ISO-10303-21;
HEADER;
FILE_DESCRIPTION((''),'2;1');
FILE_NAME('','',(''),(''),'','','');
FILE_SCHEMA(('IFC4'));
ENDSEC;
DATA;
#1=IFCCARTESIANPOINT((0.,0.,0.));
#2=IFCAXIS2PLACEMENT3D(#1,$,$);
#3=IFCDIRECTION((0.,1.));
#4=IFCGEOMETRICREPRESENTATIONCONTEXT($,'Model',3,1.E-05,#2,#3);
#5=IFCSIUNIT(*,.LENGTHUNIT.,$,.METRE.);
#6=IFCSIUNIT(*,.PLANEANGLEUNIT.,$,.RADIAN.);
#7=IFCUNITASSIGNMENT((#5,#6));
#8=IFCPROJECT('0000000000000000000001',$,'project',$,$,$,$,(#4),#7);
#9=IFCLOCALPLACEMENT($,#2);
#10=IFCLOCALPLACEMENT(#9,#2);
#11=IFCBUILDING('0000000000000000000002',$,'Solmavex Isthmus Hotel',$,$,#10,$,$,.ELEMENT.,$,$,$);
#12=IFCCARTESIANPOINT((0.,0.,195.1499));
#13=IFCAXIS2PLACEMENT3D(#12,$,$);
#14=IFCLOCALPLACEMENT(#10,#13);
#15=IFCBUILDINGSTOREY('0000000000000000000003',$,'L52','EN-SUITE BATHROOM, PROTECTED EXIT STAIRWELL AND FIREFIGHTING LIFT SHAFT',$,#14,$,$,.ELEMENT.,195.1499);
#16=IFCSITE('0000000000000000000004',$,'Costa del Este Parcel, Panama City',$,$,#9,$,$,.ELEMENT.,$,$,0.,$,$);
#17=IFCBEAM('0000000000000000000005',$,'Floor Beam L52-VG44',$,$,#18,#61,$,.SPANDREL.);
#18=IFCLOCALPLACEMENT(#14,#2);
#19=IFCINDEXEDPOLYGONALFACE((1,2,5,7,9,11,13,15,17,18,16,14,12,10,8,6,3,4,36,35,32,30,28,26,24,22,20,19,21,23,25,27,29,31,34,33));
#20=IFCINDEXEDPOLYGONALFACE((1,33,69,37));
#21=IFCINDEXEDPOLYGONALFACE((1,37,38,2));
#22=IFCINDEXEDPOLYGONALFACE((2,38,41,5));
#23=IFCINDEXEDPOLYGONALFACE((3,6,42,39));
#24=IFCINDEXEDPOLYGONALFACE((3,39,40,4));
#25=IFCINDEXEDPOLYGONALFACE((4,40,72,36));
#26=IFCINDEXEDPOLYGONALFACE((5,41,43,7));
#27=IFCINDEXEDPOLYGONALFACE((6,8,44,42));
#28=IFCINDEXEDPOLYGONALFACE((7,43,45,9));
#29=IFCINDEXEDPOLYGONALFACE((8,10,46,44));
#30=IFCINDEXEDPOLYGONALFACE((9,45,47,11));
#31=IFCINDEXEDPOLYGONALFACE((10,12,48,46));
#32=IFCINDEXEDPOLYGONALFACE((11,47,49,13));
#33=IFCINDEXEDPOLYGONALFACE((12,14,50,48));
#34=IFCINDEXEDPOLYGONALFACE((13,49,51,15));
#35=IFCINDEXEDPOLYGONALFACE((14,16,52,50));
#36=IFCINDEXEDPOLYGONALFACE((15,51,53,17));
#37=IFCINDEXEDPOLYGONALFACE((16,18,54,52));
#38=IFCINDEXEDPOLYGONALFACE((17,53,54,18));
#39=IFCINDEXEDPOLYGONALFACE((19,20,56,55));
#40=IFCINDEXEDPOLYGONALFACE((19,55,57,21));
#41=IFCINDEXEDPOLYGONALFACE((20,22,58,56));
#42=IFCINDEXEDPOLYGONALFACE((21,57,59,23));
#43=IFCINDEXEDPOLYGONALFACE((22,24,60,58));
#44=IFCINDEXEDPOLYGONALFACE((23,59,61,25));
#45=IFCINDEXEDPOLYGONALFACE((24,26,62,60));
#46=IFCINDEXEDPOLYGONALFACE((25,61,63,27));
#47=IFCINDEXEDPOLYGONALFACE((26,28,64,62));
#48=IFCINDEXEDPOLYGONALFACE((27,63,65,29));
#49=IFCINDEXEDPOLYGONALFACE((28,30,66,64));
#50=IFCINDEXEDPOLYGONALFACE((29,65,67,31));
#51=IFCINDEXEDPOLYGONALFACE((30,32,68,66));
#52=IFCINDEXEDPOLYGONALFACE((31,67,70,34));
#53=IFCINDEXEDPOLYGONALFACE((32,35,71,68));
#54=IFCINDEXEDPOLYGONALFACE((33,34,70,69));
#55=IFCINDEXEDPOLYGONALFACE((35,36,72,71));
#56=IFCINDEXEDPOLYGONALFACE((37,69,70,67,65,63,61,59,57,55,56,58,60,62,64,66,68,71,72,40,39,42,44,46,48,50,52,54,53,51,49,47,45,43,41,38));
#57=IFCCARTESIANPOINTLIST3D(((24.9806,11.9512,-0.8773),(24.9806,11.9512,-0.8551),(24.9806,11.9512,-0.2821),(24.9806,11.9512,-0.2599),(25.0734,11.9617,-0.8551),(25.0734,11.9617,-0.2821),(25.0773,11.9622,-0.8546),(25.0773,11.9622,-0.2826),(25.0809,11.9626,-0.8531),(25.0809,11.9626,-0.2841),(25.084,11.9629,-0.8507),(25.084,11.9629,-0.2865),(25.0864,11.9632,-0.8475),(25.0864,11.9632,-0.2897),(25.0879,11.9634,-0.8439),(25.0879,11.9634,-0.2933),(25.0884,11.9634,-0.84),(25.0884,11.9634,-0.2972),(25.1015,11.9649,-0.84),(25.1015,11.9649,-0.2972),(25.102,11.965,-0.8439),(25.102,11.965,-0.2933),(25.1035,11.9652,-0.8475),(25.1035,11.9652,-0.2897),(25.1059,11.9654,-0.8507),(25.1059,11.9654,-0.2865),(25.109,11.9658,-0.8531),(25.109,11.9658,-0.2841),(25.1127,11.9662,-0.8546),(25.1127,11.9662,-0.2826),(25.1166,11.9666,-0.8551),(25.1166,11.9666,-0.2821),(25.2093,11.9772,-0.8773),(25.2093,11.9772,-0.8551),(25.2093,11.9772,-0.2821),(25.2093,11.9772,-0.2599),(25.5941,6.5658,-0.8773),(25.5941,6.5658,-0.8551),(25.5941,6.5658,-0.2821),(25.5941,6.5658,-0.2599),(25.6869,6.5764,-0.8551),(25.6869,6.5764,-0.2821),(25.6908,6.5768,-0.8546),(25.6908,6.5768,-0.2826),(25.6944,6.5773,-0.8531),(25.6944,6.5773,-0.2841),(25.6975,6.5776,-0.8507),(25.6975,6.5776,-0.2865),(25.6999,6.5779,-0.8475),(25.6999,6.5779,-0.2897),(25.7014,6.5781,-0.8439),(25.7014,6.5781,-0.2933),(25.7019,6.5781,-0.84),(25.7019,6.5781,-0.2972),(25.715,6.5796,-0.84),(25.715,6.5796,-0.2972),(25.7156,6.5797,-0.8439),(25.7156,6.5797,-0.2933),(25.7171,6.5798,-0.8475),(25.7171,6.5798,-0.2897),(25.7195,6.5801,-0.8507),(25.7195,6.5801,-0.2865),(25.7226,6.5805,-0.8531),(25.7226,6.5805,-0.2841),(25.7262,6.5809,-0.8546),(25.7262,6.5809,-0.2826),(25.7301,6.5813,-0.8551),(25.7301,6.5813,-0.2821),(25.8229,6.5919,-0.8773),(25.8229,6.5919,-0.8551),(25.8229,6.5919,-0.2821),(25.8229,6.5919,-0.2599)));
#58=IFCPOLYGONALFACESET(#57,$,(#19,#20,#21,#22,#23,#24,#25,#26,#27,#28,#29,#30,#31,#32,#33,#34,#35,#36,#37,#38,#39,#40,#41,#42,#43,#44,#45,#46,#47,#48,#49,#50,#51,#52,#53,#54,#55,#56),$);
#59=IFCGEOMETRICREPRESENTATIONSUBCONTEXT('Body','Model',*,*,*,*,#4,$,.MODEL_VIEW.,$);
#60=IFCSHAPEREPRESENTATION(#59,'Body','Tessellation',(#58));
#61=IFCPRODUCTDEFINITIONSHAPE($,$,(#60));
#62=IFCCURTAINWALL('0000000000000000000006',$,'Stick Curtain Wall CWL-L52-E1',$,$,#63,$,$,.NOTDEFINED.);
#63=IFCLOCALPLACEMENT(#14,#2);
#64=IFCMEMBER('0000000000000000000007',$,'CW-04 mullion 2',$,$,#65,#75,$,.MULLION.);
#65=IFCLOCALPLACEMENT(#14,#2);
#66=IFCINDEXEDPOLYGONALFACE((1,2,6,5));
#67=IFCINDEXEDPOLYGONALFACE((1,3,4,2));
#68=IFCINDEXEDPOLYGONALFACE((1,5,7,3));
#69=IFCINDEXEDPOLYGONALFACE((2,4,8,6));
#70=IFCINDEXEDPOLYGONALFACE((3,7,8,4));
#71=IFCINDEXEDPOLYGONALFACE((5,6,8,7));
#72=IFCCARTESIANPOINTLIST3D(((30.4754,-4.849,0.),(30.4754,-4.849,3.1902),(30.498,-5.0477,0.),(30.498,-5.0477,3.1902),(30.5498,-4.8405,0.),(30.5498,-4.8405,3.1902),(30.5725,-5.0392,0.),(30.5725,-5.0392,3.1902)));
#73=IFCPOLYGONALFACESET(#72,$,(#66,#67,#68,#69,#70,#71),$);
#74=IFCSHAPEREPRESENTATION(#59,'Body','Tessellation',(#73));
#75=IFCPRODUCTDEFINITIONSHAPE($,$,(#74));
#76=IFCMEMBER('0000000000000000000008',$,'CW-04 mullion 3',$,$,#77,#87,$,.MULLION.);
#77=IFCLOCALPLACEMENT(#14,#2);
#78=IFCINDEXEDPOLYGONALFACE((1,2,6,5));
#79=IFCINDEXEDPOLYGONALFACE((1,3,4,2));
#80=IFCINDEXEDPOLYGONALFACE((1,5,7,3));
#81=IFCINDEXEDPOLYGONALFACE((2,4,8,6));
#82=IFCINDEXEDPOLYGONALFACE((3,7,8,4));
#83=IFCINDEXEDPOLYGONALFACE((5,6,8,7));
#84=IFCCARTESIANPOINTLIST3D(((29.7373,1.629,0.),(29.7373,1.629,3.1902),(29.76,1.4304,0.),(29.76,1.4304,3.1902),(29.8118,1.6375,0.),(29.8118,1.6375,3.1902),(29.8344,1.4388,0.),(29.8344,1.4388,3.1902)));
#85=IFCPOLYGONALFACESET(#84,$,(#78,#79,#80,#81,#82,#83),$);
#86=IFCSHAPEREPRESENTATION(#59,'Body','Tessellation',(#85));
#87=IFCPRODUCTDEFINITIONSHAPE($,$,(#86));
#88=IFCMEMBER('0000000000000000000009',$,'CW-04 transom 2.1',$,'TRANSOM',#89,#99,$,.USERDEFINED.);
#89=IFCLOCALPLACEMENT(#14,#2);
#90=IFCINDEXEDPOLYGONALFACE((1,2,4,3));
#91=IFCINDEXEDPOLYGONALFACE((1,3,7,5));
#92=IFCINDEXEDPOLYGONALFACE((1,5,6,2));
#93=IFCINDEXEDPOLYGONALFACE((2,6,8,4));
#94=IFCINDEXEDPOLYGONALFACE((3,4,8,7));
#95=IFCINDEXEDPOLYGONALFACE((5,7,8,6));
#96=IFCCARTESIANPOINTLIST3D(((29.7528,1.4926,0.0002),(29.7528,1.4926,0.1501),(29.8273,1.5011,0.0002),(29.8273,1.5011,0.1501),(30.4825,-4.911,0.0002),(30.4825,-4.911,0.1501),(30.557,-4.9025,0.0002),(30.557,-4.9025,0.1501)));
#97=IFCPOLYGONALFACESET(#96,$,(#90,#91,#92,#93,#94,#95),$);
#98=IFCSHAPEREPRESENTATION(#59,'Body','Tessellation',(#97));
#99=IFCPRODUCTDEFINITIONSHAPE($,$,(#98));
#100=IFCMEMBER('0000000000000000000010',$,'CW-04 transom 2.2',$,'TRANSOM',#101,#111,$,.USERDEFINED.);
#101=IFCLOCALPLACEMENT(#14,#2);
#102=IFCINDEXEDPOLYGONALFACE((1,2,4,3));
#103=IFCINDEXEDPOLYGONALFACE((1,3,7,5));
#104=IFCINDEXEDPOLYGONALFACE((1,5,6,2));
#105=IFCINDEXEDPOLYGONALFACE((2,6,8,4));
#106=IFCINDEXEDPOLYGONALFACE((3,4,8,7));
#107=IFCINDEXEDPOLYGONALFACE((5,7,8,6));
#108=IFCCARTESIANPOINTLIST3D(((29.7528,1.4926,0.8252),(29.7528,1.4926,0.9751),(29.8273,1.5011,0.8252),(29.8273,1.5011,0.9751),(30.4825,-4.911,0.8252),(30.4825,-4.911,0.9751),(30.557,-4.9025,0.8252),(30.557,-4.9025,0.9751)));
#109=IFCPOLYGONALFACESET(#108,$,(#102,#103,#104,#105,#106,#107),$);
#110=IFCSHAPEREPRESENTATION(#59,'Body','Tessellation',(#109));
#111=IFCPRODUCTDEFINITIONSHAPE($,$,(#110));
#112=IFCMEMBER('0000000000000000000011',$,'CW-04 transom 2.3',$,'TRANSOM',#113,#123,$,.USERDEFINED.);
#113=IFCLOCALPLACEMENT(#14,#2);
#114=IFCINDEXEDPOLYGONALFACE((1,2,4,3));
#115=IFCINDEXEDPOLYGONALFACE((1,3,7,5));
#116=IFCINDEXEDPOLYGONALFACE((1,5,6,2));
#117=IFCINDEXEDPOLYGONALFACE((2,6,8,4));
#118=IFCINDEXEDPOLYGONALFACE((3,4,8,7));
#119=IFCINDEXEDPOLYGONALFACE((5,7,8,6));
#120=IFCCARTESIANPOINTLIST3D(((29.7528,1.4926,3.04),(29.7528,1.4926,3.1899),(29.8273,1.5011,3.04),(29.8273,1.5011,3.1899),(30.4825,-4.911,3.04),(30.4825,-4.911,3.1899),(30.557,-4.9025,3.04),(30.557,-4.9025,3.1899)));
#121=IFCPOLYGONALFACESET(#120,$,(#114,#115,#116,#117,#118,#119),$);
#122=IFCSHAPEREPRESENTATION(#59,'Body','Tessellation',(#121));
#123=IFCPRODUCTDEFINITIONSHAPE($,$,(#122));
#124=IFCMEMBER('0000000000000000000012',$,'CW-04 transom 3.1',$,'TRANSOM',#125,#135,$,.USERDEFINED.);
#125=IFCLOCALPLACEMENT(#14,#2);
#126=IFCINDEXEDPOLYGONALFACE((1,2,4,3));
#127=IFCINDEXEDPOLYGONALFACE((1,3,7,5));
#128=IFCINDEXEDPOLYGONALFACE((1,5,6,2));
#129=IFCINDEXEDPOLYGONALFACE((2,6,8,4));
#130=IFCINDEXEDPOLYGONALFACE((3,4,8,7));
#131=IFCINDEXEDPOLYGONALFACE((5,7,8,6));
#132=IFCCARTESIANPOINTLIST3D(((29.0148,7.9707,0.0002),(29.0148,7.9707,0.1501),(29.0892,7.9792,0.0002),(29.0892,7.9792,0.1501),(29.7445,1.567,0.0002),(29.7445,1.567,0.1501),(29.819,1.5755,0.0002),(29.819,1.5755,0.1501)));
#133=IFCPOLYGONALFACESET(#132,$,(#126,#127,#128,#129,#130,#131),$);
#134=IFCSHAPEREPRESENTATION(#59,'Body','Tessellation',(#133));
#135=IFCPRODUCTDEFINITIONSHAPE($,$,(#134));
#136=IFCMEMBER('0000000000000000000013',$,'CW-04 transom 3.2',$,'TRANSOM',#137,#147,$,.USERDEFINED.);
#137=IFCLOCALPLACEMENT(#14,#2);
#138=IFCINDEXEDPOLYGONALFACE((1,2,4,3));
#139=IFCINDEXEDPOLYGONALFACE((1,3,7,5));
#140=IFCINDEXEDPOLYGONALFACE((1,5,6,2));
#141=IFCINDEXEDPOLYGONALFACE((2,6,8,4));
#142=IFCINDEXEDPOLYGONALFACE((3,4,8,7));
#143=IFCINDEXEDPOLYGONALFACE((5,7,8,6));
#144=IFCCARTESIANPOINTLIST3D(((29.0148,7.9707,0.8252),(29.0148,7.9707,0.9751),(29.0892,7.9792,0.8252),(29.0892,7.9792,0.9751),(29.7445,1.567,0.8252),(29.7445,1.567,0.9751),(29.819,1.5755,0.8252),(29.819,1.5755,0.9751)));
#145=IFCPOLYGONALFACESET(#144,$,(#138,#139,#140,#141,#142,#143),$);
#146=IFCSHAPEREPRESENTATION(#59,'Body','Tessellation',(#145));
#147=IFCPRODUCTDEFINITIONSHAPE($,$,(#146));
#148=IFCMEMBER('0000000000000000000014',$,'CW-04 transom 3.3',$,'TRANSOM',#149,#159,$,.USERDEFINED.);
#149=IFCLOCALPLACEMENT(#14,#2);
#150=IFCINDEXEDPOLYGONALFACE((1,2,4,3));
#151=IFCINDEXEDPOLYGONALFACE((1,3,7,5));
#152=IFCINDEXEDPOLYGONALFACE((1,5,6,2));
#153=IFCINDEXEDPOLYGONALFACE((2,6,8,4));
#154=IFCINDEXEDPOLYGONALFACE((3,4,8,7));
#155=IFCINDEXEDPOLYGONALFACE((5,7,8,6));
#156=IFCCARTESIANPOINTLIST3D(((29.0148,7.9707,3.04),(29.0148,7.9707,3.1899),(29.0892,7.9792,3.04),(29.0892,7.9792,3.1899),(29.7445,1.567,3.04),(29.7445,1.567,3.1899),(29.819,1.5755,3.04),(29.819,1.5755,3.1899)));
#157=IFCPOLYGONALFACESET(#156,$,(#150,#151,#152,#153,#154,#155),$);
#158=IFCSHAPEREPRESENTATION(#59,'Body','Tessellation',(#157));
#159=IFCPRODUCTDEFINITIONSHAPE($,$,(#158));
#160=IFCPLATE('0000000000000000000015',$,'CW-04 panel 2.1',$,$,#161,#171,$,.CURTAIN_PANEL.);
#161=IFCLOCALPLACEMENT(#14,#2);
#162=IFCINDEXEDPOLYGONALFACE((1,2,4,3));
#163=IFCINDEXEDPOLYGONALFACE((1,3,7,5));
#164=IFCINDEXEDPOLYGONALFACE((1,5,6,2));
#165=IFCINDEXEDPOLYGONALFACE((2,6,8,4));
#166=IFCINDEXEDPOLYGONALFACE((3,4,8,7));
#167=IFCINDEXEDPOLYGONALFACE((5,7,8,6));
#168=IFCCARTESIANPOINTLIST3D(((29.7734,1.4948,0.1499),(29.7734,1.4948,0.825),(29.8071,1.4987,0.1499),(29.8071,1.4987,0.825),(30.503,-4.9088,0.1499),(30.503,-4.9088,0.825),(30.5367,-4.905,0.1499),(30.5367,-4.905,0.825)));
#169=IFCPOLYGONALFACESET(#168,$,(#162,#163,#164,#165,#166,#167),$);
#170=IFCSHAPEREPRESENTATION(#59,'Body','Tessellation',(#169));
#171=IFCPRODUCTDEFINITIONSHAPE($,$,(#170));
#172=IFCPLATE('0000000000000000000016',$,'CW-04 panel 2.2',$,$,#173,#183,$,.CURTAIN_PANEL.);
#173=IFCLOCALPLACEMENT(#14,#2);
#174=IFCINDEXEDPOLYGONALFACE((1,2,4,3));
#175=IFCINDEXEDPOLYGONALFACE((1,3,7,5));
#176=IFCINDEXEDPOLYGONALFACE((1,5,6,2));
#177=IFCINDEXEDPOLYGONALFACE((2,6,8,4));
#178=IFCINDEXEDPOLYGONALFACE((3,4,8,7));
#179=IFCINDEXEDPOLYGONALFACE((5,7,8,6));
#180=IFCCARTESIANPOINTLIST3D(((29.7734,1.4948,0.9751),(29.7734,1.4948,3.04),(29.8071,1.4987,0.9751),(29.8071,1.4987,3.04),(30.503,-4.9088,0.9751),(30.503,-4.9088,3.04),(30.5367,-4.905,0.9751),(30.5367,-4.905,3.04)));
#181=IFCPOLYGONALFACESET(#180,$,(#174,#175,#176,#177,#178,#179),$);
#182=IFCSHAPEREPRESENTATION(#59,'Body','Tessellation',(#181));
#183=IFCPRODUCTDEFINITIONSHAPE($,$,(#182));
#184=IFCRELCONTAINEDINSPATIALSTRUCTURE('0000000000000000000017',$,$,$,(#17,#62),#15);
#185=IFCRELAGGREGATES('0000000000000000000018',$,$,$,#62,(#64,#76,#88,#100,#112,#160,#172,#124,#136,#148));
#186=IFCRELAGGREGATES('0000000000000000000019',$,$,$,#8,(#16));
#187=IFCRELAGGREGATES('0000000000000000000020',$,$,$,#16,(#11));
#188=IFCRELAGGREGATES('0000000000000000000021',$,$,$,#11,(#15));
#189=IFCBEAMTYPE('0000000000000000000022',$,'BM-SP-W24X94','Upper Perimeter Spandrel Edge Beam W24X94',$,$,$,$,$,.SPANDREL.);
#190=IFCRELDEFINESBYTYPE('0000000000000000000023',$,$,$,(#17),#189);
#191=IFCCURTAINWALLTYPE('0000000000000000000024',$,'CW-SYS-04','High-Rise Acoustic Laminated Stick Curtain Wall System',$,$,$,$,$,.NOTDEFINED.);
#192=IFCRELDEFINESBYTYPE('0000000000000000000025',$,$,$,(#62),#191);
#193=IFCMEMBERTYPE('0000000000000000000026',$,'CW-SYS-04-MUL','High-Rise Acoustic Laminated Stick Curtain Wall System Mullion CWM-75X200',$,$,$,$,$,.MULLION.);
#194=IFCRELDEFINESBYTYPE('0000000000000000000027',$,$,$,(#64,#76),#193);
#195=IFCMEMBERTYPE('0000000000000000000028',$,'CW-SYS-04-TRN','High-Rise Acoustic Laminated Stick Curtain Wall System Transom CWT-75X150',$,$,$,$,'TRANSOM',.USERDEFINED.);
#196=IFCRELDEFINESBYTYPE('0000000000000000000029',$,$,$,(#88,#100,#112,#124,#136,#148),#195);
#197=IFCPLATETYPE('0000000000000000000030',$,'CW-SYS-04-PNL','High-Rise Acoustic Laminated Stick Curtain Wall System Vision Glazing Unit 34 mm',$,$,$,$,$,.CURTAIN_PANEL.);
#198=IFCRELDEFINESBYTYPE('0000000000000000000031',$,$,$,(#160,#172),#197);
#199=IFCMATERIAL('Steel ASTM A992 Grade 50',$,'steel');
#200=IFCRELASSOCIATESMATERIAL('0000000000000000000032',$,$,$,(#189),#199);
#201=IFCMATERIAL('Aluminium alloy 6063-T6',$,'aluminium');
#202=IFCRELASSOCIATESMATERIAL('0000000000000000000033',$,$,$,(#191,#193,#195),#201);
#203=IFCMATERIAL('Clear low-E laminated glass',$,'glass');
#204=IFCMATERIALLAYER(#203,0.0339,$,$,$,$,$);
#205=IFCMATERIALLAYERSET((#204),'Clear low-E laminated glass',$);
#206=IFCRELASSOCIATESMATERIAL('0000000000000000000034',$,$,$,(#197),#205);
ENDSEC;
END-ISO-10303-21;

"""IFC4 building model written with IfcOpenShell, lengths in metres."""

from ifc_helpers import new_model, si_unit, direction, frame, origin, origin_2d, place, context, subcontext, project, spatial, rectangle, i_section, extrude, material, layer, layer_set, material_profile, profile_set, type_object, element, aggregate, save


model = new_model("IFC4")

# Units and contexts
model_context = context("Model", 3, precision=1e-05, world=origin(), true_north=direction((0.0, 1.0)))
body_context = subcontext(model_context, "Body", "Model", "MODEL_VIEW")
ifc_project = project(units=[si_unit("LENGTHUNIT", "METRE"), si_unit("PLANEANGLEUNIT", "RADIAN")], contexts=[model_context])

# Site, building, storey
site_placement = place(None, origin())
site = spatial("IfcSite", under=ifc_project, at=site_placement, Name="Costa del Este Parcel, Panama City", CompositionType="ELEMENT", RefElevation=0.0)
building_placement = place(site_placement, origin())
building = spatial("IfcBuilding", under=site, at=building_placement, Name="Solmavex Isthmus Hotel", CompositionType="ELEMENT")
storey_placement = place(building_placement, frame((0.0, 0.0, 195.1499)))
storey = spatial("IfcBuildingStorey", under=building, at=storey_placement, Name="L52", Description="EN-SUITE BATHROOM, PROTECTED EXIT STAIRWELL AND FIREFIGHTING LIFT SHAFT", CompositionType="ELEMENT", Elevation=195.1499)

# Beam
ifc_material_1 = material(Name="Steel ASTM A992 Grade 50", Category="steel")
ifc_material_profile_1 = material_profile(ifc_material_1, i_section(OverallWidth=0.2302, OverallDepth=0.6174, WebThickness=0.0132, FlangeThickness=0.0222, FilletRadius=0.0151, at=origin_2d()), Name="W24X94")
ifc_profile_set_1 = profile_set([ifc_material_profile_1], Name="Steel ASTM A992 Grade 50")
beam_type_1 = type_object("IfcBeamType", Name="BM-SP-W24X94", Description="Upper Perimeter Spandrel Edge Beam W24X94", PredefinedType="SPANDREL", material=ifc_profile_set_1)
beam_1_placement = place(storey_placement, frame((25.7085, 6.5789, -0.5686), z_axis=(-0.113195, 0.993573, 0.0), x_axis=(-0.993573, -0.113195, 0.0)))
element("IfcBeam", 1, at=beam_1_placement, inside=storey, type_object=beam_type_1, Name="Floor Beam L52-VG44", PredefinedType="SPANDREL", context=body_context, shape_type="SweptSolid", body=[
    extrude(i_section(OverallWidth=0.2302, OverallDepth=0.6174, WebThickness=0.0132, FlangeThickness=0.0222, FilletRadius=0.0151, at=origin_2d()), origin(), (0.0, 0.0, 1.0), 5.4202),
])

# Curtain wall, members, plates
ifc_material_2 = material(Name="Aluminium alloy 6063-T6", Category="aluminium")
curtain_wall_type = type_object("IfcCurtainWallType", Name="CW-SYS-04", Description="High-Rise Acoustic Laminated Stick Curtain Wall System", PredefinedType="NOTDEFINED", material=ifc_material_2)
curtain_wall_placement = place(storey_placement, origin())
curtain_wall = element("IfcCurtainWall", 2, at=curtain_wall_placement, inside=storey, type_object=curtain_wall_type, Name="Stick Curtain Wall CWL-L52-E1", PredefinedType="NOTDEFINED")
ifc_material_profile_2 = material_profile(ifc_material_2, rectangle(XDim=0.075, YDim=0.2, at=origin_2d()), Name="CWM-75X200")
ifc_profile_set_2 = profile_set([ifc_material_profile_2], Name="Aluminium alloy 6063-T6")
member_type_1 = type_object("IfcMemberType", Name="CW-SYS-04-MUL", Description="High-Rise Acoustic Laminated Stick Curtain Wall System Mullion CWM-75X200", PredefinedType="MULLION", material=ifc_profile_set_2)
member_1_placement = place(storey_placement, frame((30.5239, -4.9441, 0.0), z_axis=(0.0, 0.0, 1.0), x_axis=(-0.993572, -0.113203, 0.0)))
member_1 = element("IfcMember", 3, at=member_1_placement, type_object=member_type_1, Name="CW-04 mullion 2", PredefinedType="MULLION", context=body_context, shape_type="SweptSolid", body=[
    extrude(rectangle(XDim=0.075, YDim=0.2, at=origin_2d()), origin(), (0.0, 0.0, 1.0), 3.1902),
])
member_2_placement = place(storey_placement, frame((29.7859, 1.5339, 0.0), z_axis=(0.0, 0.0, 1.0), x_axis=(-0.993572, -0.113203, 0.0)))
member_2 = element("IfcMember", 4, at=member_2_placement, type_object=member_type_1, Name="CW-04 mullion 3", PredefinedType="MULLION", context=body_context, shape_type="SweptSolid", body=[
    extrude(rectangle(XDim=0.075, YDim=0.2, at=origin_2d()), origin(), (0.0, 0.0, 1.0), 3.1902),
])
ifc_material_profile_3 = material_profile(ifc_material_2, rectangle(XDim=0.075, YDim=0.1499, at=origin_2d()), Name="CWT-75X150")
ifc_profile_set_3 = profile_set([ifc_material_profile_3], Name="Aluminium alloy 6063-T6")
member_type_2 = type_object("IfcMemberType", Name="CW-SYS-04-TRN", Description="High-Rise Acoustic Laminated Stick Curtain Wall System Transom CWT-75X150", ElementType="TRANSOM", PredefinedType="USERDEFINED", material=ifc_profile_set_3)
member_3_placement = place(storey_placement, frame((30.5198, -4.9067, 0.0752), z_axis=(-0.113225, 0.993569, 0.0), x_axis=(-0.993569, -0.113225, 0.0)))
member_3 = element("IfcMember", 5, at=member_3_placement, type_object=member_type_2, Name="CW-04 transom 2.1", ObjectType="TRANSOM", PredefinedType="USERDEFINED", context=body_context, shape_type="SweptSolid", body=[
    extrude(rectangle(XDim=0.075, YDim=0.1499, at=origin_2d()), origin(), (0.0, 0.0, 1.0), 6.4451),
])
member_4_placement = place(storey_placement, frame((30.5198, -4.9067, 0.9001), z_axis=(-0.113225, 0.993569, 0.0), x_axis=(-0.993569, -0.113225, 0.0)))
member_4 = element("IfcMember", 6, at=member_4_placement, type_object=member_type_2, Name="CW-04 transom 2.2", ObjectType="TRANSOM", PredefinedType="USERDEFINED", context=body_context, shape_type="SweptSolid", body=[
    extrude(rectangle(XDim=0.075, YDim=0.1499, at=origin_2d()), origin(), (0.0, 0.0, 1.0), 6.4451),
])
member_5_placement = place(storey_placement, frame((30.5198, -4.9067, 3.115), z_axis=(-0.113225, 0.993569, 0.0), x_axis=(-0.993569, -0.113225, 0.0)))
member_5 = element("IfcMember", 7, at=member_5_placement, type_object=member_type_2, Name="CW-04 transom 2.3", ObjectType="TRANSOM", PredefinedType="USERDEFINED", context=body_context, shape_type="SweptSolid", body=[
    extrude(rectangle(XDim=0.075, YDim=0.1499, at=origin_2d()), origin(), (0.0, 0.0, 1.0), 6.4451),
])
member_6_placement = place(storey_placement, frame((29.7817, 1.5713, 0.0752), z_axis=(-0.113225, 0.993569, 0.0), x_axis=(-0.993569, -0.113225, 0.0)))
member_6 = element("IfcMember", 8, at=member_6_placement, type_object=member_type_2, Name="CW-04 transom 3.1", ObjectType="TRANSOM", PredefinedType="USERDEFINED", context=body_context, shape_type="SweptSolid", body=[
    extrude(rectangle(XDim=0.075, YDim=0.1499, at=origin_2d()), origin(), (0.0, 0.0, 1.0), 6.4451),
])
member_7_placement = place(storey_placement, frame((29.7817, 1.5713, 0.9001), z_axis=(-0.113225, 0.993569, 0.0), x_axis=(-0.993569, -0.113225, 0.0)))
member_7 = element("IfcMember", 9, at=member_7_placement, type_object=member_type_2, Name="CW-04 transom 3.2", ObjectType="TRANSOM", PredefinedType="USERDEFINED", context=body_context, shape_type="SweptSolid", body=[
    extrude(rectangle(XDim=0.075, YDim=0.1499, at=origin_2d()), origin(), (0.0, 0.0, 1.0), 6.4451),
])
member_8_placement = place(storey_placement, frame((29.7817, 1.5713, 3.115), z_axis=(-0.113225, 0.993569, 0.0), x_axis=(-0.993569, -0.113225, 0.0)))
member_8 = element("IfcMember", 10, at=member_8_placement, type_object=member_type_2, Name="CW-04 transom 3.3", ObjectType="TRANSOM", PredefinedType="USERDEFINED", context=body_context, shape_type="SweptSolid", body=[
    extrude(rectangle(XDim=0.075, YDim=0.1499, at=origin_2d()), origin(), (0.0, 0.0, 1.0), 6.4451),
])
ifc_material_3 = material(Name="Clear low-E laminated glass", Category="glass")
ifc_layer_1 = layer(ifc_material_3, 0.0339)
ifc_layer_set_1 = layer_set([ifc_layer_1], Name="Clear low-E laminated glass")
plate_type = type_object("IfcPlateType", Name="CW-SYS-04-PNL", Description="High-Rise Acoustic Laminated Stick Curtain Wall System Vision Glazing Unit 34 mm", PredefinedType="CURTAIN_PANEL", material=ifc_layer_set_1)
plate_1_placement = place(storey_placement, frame((30.155, -1.7051, 0.1499), z_axis=(0.0, 0.0, 1.0), x_axis=(-0.113203, 0.993572, 0.0)))
plate_1 = element("IfcPlate", 11, at=plate_1_placement, type_object=plate_type, Name="CW-04 panel 2.1", PredefinedType="CURTAIN_PANEL", context=body_context, shape_type="SweptSolid", body=[
    extrude(rectangle(XDim=6.4451, YDim=0.0339, at=origin_2d()), origin(), (0.0, 0.0, 1.0), 0.675),
])
plate_2_placement = place(storey_placement, frame((30.155, -1.7051, 0.9751), z_axis=(0.0, 0.0, 1.0), x_axis=(-0.113203, 0.993572, 0.0)))
plate_2 = element("IfcPlate", 12, at=plate_2_placement, type_object=plate_type, Name="CW-04 panel 2.2", PredefinedType="CURTAIN_PANEL", context=body_context, shape_type="SweptSolid", body=[
    extrude(rectangle(XDim=6.4451, YDim=0.0339, at=origin_2d()), origin(), (0.0, 0.0, 1.0), 2.0649),
])
aggregate(curtain_wall, [member_1, member_2, member_3, member_4, member_5, plate_1, plate_2, member_6, member_7, member_8])

save(model, "model.ifc")
